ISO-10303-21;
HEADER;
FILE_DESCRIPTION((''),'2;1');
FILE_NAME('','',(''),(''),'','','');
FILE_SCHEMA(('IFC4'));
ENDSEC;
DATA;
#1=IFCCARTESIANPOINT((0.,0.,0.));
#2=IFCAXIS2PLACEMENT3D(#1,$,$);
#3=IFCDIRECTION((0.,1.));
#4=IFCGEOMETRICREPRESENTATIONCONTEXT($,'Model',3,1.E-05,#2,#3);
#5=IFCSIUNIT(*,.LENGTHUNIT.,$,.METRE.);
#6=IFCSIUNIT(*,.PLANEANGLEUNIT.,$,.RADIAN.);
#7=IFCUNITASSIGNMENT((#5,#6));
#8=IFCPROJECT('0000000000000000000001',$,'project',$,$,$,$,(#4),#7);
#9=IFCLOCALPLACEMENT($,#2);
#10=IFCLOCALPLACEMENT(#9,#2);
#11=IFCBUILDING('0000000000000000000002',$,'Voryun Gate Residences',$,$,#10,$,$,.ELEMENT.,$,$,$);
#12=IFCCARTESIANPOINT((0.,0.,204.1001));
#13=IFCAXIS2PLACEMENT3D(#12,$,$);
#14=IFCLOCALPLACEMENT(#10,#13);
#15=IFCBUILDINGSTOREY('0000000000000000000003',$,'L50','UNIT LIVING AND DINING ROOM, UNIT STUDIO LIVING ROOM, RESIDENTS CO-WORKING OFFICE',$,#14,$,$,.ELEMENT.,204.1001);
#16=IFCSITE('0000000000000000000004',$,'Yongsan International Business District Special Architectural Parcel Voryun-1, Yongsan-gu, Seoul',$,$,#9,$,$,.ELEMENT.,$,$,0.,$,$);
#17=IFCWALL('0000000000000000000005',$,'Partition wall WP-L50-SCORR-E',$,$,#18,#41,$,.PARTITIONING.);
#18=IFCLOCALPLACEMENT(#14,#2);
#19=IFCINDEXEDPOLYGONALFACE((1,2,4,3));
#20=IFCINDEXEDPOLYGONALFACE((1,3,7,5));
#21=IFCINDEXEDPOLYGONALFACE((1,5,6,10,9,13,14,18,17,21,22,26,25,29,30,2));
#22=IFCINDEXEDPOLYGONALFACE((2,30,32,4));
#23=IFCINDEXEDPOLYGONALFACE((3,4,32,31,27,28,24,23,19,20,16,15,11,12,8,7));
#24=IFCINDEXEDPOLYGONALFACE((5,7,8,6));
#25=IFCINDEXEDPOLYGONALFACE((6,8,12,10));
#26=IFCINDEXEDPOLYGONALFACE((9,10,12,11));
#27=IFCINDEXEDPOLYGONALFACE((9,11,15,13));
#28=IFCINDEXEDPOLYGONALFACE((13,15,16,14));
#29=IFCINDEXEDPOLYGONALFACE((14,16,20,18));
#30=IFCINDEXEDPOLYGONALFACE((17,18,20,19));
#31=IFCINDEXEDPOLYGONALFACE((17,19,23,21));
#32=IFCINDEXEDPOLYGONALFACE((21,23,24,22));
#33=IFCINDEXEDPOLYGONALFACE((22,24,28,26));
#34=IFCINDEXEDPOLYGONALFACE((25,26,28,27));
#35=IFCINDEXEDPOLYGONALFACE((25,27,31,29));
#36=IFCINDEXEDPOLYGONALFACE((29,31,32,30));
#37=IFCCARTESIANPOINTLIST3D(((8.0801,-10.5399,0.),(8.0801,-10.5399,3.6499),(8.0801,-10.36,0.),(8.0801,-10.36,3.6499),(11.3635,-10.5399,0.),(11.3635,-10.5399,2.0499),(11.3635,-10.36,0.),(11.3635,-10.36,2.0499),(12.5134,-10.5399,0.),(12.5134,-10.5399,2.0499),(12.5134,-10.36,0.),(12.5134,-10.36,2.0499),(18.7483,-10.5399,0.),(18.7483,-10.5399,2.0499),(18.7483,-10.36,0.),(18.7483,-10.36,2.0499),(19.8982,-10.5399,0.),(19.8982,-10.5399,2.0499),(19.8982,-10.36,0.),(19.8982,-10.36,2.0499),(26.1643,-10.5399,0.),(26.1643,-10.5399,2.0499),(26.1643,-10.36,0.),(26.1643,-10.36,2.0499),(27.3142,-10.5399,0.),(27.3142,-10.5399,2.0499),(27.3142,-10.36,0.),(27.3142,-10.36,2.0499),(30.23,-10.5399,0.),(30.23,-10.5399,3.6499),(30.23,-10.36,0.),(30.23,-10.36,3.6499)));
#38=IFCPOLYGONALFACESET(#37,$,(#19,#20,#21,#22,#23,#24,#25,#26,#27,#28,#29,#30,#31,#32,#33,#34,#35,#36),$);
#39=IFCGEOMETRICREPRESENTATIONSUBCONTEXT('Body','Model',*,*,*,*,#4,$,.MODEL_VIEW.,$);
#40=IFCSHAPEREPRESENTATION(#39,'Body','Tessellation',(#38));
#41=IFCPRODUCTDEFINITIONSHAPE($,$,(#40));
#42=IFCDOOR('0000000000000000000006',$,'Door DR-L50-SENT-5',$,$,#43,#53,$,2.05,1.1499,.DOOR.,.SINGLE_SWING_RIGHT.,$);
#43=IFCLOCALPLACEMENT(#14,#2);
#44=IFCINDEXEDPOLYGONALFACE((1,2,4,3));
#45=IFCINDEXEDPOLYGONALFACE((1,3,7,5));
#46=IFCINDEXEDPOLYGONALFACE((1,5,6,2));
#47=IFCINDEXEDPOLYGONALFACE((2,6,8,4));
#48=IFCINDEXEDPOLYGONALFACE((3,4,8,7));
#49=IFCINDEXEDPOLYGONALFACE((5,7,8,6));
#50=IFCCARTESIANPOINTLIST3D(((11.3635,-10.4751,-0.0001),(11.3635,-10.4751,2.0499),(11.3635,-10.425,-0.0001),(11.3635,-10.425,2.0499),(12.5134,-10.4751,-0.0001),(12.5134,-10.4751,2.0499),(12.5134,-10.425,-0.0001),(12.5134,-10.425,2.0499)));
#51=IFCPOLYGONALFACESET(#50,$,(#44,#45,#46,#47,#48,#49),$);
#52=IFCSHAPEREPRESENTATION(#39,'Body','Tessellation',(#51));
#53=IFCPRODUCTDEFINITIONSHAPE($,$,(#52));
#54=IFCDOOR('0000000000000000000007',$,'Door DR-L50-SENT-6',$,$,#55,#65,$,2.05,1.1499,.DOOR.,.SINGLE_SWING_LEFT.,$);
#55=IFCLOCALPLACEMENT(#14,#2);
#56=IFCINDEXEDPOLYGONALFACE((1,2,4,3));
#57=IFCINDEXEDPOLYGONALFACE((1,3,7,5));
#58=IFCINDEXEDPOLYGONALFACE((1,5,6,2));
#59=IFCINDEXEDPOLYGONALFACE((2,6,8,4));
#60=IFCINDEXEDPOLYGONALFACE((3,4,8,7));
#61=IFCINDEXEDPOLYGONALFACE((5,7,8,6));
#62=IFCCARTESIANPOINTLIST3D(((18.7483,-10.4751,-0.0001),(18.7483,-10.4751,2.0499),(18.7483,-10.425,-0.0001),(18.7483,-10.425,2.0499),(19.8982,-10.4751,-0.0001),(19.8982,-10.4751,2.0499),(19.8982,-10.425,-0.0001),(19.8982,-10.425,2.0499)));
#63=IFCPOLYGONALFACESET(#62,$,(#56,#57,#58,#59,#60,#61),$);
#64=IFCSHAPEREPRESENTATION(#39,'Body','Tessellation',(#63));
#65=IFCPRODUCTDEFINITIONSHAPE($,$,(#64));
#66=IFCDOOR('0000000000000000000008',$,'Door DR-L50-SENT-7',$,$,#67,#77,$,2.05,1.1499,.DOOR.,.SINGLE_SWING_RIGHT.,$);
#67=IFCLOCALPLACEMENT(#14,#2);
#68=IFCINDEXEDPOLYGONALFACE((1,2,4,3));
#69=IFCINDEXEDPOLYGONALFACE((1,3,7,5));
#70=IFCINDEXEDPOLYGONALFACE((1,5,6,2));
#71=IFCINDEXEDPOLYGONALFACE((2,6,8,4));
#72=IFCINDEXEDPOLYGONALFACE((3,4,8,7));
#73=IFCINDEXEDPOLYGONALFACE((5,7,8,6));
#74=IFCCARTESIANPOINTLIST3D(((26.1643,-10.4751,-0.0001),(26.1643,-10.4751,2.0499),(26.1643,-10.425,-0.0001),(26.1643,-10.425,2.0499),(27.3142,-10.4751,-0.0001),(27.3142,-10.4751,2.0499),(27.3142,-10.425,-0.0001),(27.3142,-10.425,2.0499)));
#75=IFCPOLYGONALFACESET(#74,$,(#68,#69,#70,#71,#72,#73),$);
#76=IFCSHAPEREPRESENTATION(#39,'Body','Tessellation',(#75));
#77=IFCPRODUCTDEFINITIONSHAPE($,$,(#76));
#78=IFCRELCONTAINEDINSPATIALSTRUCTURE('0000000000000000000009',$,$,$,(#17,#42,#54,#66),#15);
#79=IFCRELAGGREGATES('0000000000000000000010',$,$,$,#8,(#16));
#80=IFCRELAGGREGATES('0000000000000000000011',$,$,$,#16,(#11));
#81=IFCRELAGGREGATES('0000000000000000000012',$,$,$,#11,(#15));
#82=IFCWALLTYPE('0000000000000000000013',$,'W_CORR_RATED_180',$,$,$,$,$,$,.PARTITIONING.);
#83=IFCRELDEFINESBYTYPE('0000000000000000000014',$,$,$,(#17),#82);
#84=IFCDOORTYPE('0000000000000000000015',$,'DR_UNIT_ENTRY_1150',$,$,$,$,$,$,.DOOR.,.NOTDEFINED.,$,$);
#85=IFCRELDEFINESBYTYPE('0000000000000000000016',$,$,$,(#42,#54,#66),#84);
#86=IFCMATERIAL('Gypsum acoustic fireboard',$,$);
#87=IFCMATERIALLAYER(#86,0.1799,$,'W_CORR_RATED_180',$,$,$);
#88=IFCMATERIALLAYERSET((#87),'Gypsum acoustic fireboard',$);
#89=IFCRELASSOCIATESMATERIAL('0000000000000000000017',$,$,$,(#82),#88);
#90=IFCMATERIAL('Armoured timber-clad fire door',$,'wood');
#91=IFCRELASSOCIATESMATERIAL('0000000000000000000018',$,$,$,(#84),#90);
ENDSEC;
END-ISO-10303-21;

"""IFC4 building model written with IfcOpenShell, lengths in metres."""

from ifc_helpers import new_model, si_unit, direction, frame, frame_2d, origin, place, context, subcontext, project, spatial, rectangle, extrude, material, layer, layer_set, type_object, element, fill, save


model = new_model("IFC4")

# Units and contexts
model_context = context("Model", 3, precision=1e-05, world=origin(), true_north=direction((0.0, 1.0)))
body_context = subcontext(model_context, "Body", "Model", "MODEL_VIEW")
ifc_project = project(units=[si_unit("LENGTHUNIT", "METRE"), si_unit("PLANEANGLEUNIT", "RADIAN")], contexts=[model_context])

# Site, building, storey
site_placement = place(None, origin())
site = spatial("IfcSite", under=ifc_project, at=site_placement, Name="Yongsan International Business District Special Architectural Parcel Voryun-1, Yongsan-gu, Seoul", CompositionType="ELEMENT", RefElevation=0.0)
building_placement = place(site_placement, origin())
building = spatial("IfcBuilding", under=site, at=building_placement, Name="Voryun Gate Residences", CompositionType="ELEMENT")
storey_placement = place(building_placement, frame((0.0, 0.0, 204.1001)))
storey = spatial("IfcBuildingStorey", under=building, at=storey_placement, Name="L50", Description="UNIT LIVING AND DINING ROOM, UNIT STUDIO LIVING ROOM, RESIDENTS CO-WORKING OFFICE", CompositionType="ELEMENT", Elevation=204.1001)

# Shared definitions
ifc_material_1 = material(Name="Gypsum acoustic fireboard")
ifc_layer_1 = layer(ifc_material_1, 0.1799, Name="W_CORR_RATED_180")
ifc_layer_set_1 = layer_set([ifc_layer_1], Name="Gypsum acoustic fireboard")
wall_type_1 = type_object("IfcWallType", Name="W_CORR_RATED_180", PredefinedType="PARTITIONING", material=ifc_layer_set_1)

# Wall, openings, doors
wall_1_placement = place(storey_placement, frame((8.0801, -10.45, 0.0), z_axis=(0.0, 0.0, 1.0), x_axis=(1.0, 0.0, 0.0)))
wall_1 = element("IfcWall", 1, at=wall_1_placement, inside=storey, type_object=wall_type_1, Name="Partition wall WP-L50-SCORR-E", PredefinedType="PARTITIONING", context=body_context, shape_type="SweptSolid", body=[
    extrude(rectangle(XDim=22.1499, YDim=0.1799, at=frame_2d((11.075, 0.0))), origin(), (0.0, 0.0, 1.0), 3.6499),
])
opening_1_placement = place(wall_1_placement, frame((3.2834, 0.0, 0.0)))
opening_1 = element("IfcOpeningElement", 2, at=opening_1_placement, cuts=wall_1, PredefinedType="OPENING", context=body_context, shape_type="SweptSolid", body=[
    extrude(rectangle(XDim=1.1499, YDim=2.05, at=frame_2d((0.575, 1.0249))), frame((0.0, 0.0999, 0.0), z_axis=(0.0, -1.0, 0.0), x_axis=(1.0, 0.0, 0.0)), (0.0, 0.0, 1.0), 0.2),
])
opening_2_placement = place(wall_1_placement, frame((10.6682, 0.0, 0.0)))
opening_2 = element("IfcOpeningElement", 3, at=opening_2_placement, cuts=wall_1, PredefinedType="OPENING", context=body_context, shape_type="SweptSolid", body=[
    extrude(rectangle(XDim=1.1499, YDim=2.05, at=frame_2d((0.575, 1.0249))), frame((0.0, 0.0999, 0.0), z_axis=(0.0, -1.0, 0.0), x_axis=(1.0, 0.0, 0.0)), (0.0, 0.0, 1.0), 0.2),
])
opening_3_placement = place(wall_1_placement, frame((18.0842, 0.0, 0.0)))
opening_3 = element("IfcOpeningElement", 4, at=opening_3_placement, cuts=wall_1, PredefinedType="OPENING", context=body_context, shape_type="SweptSolid", body=[
    extrude(rectangle(XDim=1.1499, YDim=2.05, at=frame_2d((0.575, 1.0249))), frame((0.0, 0.0999, 0.0), z_axis=(0.0, -1.0, 0.0), x_axis=(1.0, 0.0, 0.0)), (0.0, 0.0, 1.0), 0.2),
])
ifc_material_2 = material(Name="Armoured timber-clad fire door", Category="wood")
door_type_1 = type_object("IfcDoorType", Name="DR_UNIT_ENTRY_1150", OperationType="NOTDEFINED", PredefinedType="DOOR", material=ifc_material_2)
door_1_placement = place(opening_1_placement, origin())
door_1 = element("IfcDoor", 5, at=door_1_placement, inside=storey, type_object=door_type_1, Name="Door DR-L50-SENT-5", OperationType="SINGLE_SWING_RIGHT", OverallHeight=2.05, OverallWidth=1.1499, PredefinedType="DOOR", context=body_context, shape_type="SweptSolid", body=[
    extrude(rectangle(XDim=1.1499, YDim=2.05, at=frame_2d((0.575, 1.0249))), frame((0.0, 0.0249, 0.0), z_axis=(0.0, -1.0, 0.0), x_axis=(1.0, 0.0, 0.0)), (0.0, 0.0, 1.0), 0.05),
])
fill(opening_1, door_1)
door_2_placement = place(opening_2_placement, origin())
door_2 = element("IfcDoor", 6, at=door_2_placement, inside=storey, type_object=door_type_1, Name="Door DR-L50-SENT-6", OperationType="SINGLE_SWING_LEFT", OverallHeight=2.05, OverallWidth=1.1499, PredefinedType="DOOR", context=body_context, shape_type="SweptSolid", body=[
    extrude(rectangle(XDim=1.1499, YDim=2.05, at=frame_2d((0.575, 1.0249))), frame((0.0, 0.0249, 0.0), z_axis=(0.0, -1.0, 0.0), x_axis=(1.0, 0.0, 0.0)), (0.0, 0.0, 1.0), 0.05),
])
fill(opening_2, door_2)
door_3_placement = place(opening_3_placement, origin())
door_3 = element("IfcDoor", 7, at=door_3_placement, inside=storey, type_object=door_type_1, Name="Door DR-L50-SENT-7", OperationType="SINGLE_SWING_RIGHT", OverallHeight=2.05, OverallWidth=1.1499, PredefinedType="DOOR", context=body_context, shape_type="SweptSolid", body=[
    extrude(rectangle(XDim=1.1499, YDim=2.05, at=frame_2d((0.575, 1.0249))), frame((0.0, 0.0249, 0.0), z_axis=(0.0, -1.0, 0.0), x_axis=(1.0, 0.0, 0.0)), (0.0, 0.0, 1.0), 0.05),
])
fill(opening_3, door_3)

save(model, "model.ifc")
